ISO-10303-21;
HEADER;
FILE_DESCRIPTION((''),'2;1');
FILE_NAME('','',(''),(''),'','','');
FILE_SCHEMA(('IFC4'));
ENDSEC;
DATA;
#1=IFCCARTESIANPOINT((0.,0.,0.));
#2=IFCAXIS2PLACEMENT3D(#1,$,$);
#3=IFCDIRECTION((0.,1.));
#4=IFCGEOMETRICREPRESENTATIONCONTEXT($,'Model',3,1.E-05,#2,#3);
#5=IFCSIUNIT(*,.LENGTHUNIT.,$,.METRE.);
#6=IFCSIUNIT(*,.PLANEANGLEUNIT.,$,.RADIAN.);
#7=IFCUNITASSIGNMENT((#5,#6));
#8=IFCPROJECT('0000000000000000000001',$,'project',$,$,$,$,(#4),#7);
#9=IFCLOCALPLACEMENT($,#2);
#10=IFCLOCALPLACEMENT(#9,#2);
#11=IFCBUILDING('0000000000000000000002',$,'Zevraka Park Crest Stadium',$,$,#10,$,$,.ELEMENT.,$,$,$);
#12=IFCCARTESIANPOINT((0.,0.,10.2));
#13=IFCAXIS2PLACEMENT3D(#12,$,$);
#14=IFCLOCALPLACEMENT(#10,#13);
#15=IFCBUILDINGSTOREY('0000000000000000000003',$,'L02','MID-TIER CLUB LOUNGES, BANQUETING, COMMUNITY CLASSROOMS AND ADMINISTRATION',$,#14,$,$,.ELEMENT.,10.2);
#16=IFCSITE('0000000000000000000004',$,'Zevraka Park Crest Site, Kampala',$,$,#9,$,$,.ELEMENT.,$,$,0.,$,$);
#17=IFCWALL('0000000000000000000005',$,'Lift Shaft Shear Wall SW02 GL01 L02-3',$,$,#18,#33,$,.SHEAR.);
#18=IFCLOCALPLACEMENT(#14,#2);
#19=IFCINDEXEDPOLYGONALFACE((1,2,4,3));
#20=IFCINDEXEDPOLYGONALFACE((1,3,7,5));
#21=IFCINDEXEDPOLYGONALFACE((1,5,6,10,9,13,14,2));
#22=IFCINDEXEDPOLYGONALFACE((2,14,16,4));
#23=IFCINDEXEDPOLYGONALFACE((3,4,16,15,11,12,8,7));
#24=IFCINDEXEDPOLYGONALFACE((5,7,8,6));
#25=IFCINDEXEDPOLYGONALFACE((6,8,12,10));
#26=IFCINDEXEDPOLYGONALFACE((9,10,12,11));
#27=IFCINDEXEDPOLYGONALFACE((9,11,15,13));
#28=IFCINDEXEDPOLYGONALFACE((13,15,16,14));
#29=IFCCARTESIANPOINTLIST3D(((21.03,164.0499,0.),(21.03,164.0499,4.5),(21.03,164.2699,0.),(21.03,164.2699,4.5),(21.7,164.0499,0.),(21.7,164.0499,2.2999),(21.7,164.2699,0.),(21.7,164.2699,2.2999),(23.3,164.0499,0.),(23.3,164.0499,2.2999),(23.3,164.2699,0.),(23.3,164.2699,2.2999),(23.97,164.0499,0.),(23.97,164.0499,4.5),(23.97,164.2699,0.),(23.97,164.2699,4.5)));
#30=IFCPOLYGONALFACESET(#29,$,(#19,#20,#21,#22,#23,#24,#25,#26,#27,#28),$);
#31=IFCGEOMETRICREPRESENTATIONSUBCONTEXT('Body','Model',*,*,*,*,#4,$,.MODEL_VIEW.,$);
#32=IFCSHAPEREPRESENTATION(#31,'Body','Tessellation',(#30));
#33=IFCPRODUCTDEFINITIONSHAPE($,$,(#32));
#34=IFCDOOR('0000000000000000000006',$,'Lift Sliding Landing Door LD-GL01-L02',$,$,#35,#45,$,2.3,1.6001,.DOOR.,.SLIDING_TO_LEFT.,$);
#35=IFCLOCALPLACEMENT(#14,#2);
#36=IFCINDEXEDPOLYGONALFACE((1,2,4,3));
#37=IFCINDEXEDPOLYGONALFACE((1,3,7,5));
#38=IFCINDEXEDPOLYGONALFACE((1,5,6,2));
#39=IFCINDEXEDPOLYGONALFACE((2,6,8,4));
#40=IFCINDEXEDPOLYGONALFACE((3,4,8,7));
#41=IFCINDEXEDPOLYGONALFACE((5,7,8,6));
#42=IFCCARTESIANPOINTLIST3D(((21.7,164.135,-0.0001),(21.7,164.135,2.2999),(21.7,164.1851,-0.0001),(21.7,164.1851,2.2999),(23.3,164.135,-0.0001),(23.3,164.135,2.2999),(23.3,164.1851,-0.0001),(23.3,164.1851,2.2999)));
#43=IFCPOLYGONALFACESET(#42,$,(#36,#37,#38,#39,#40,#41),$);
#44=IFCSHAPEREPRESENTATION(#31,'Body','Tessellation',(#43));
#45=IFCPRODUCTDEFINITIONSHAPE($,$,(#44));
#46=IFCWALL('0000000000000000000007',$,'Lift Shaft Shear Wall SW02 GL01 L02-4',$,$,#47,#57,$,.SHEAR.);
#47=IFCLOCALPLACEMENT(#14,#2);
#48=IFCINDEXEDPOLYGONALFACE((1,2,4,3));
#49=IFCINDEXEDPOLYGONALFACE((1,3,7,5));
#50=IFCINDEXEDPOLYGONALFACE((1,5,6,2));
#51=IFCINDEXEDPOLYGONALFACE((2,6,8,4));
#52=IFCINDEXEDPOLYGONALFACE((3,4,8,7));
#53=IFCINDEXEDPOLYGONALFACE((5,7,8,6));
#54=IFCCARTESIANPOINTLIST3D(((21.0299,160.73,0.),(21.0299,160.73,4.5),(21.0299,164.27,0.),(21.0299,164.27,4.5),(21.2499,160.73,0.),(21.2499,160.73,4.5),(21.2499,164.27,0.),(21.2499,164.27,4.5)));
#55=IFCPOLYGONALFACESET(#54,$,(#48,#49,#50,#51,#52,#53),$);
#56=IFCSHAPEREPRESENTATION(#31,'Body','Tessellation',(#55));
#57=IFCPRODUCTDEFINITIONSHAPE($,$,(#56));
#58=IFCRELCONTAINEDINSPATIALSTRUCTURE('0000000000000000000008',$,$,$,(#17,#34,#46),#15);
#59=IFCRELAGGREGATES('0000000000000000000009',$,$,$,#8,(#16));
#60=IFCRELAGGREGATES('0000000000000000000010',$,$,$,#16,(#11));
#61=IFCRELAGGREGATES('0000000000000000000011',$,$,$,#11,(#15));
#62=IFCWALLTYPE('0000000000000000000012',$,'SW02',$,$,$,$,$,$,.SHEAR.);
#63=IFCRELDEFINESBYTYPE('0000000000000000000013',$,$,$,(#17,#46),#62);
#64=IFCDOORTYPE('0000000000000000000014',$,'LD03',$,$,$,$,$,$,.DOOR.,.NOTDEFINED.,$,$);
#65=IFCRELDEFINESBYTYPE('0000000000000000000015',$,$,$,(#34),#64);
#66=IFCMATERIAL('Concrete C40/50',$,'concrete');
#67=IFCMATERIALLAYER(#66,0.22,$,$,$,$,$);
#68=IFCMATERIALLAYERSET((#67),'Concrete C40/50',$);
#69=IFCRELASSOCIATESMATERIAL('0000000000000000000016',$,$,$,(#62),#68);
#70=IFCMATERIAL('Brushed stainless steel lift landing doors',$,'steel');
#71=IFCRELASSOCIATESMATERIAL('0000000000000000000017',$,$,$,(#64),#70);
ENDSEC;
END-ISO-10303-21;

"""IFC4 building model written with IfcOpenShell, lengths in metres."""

from ifc_helpers import new_model, si_unit, direction, frame, frame_2d, origin, place, context, subcontext, project, spatial, rectangle, extrude, material, layer, layer_set, type_object, element, fill, save


model = new_model("IFC4")

# Units and contexts
model_context = context("Model", 3, precision=1e-05, world=origin(), true_north=direction((0.0, 1.0)))
body_context = subcontext(model_context, "Body", "Model", "MODEL_VIEW")
ifc_project = project(units=[si_unit("LENGTHUNIT", "METRE"), si_unit("PLANEANGLEUNIT", "RADIAN")], contexts=[model_context])

# Site, building, storey
site_placement = place(None, origin())
site = spatial("IfcSite", under=ifc_project, at=site_placement, Name="Zevraka Park Crest Site, Kampala", CompositionType="ELEMENT", RefElevation=0.0)
building_placement = place(site_placement, origin())
building = spatial("IfcBuilding", under=site, at=building_placement, Name="Zevraka Park Crest Stadium", CompositionType="ELEMENT")
storey_placement = place(building_placement, frame((0.0, 0.0, 10.2)))
storey = spatial("IfcBuildingStorey", under=building, at=storey_placement, Name="L02", Description="MID-TIER CLUB LOUNGES, BANQUETING, COMMUNITY CLASSROOMS AND ADMINISTRATION", CompositionType="ELEMENT", Elevation=10.2)

# Shared definitions
ifc_material_1 = material(Name="Concrete C40/50", Category="concrete")
ifc_layer_1 = layer(ifc_material_1, 0.22)
ifc_layer_set_1 = layer_set([ifc_layer_1], Name="Concrete C40/50")
wall_type_1 = type_object("IfcWallType", Name="SW02", PredefinedType="SHEAR", material=ifc_layer_set_1)

# Wall, opening, door
wall_1_placement = place(storey_placement, frame((23.97, 164.1599, 0.0), z_axis=(0.0, 0.0, 1.0), x_axis=(-1.0, 0.0, 0.0)))
wall_1 = element("IfcWall", 1, at=wall_1_placement, inside=storey, type_object=wall_type_1, Name="Lift Shaft Shear Wall SW02 GL01 L02-3", PredefinedType="SHEAR", context=body_context, shape_type="SweptSolid", body=[
    extrude(rectangle(XDim=2.9399, YDim=0.22, at=frame_2d((1.47, 0.0))), origin(), (0.0, 0.0, 1.0), 4.5),
])
opening_1_placement = place(wall_1_placement, frame((0.6699, 0.0, 0.0)))
opening_1 = element("IfcOpeningElement", 2, at=opening_1_placement, cuts=wall_1, PredefinedType="OPENING", context=body_context, shape_type="SweptSolid", body=[
    extrude(rectangle(XDim=1.6001, YDim=2.3, at=frame_2d((0.8, 1.1499))), frame((0.0, 0.1199, 0.0), z_axis=(0.0, -1.0, 0.0), x_axis=(1.0, 0.0, 0.0)), (0.0, 0.0, 1.0), 0.24),
])
ifc_material_2 = material(Name="Brushed stainless steel lift landing doors", Category="steel")
door_type_1 = type_object("IfcDoorType", Name="LD03", OperationType="NOTDEFINED", PredefinedType="DOOR", material=ifc_material_2)
door_1_placement = place(opening_1_placement, origin())
door_1 = element("IfcDoor", 3, at=door_1_placement, inside=storey, type_object=door_type_1, Name="Lift Sliding Landing Door LD-GL01-L02", OperationType="SLIDING_TO_LEFT", OverallHeight=2.3, OverallWidth=1.6001, PredefinedType="DOOR", context=body_context, shape_type="SweptSolid", body=[
    extrude(rectangle(XDim=1.6001, YDim=2.3, at=frame_2d((0.8, 1.1499))), frame((0.0, 0.0249, 0.0), z_axis=(0.0, -1.0, 0.0), x_axis=(1.0, 0.0, 0.0)), (0.0, 0.0, 1.0), 0.05),
])
fill(opening_1, door_1)

# Wall
wall_2_placement = place(storey_placement, frame((21.1399, 164.27, 0.0), z_axis=(0.0, 0.0, 1.0), x_axis=(0.0, -1.0, 0.0)))
element("IfcWall", 4, at=wall_2_placement, inside=storey, type_object=wall_type_1, Name="Lift Shaft Shear Wall SW02 GL01 L02-4", PredefinedType="SHEAR", context=body_context, shape_type="SweptSolid", body=[
    extrude(rectangle(XDim=3.54, YDim=0.22, at=frame_2d((1.77, 0.0))), origin(), (0.0, 0.0, 1.0), 4.5),
])

save(model, "model.ifc")
